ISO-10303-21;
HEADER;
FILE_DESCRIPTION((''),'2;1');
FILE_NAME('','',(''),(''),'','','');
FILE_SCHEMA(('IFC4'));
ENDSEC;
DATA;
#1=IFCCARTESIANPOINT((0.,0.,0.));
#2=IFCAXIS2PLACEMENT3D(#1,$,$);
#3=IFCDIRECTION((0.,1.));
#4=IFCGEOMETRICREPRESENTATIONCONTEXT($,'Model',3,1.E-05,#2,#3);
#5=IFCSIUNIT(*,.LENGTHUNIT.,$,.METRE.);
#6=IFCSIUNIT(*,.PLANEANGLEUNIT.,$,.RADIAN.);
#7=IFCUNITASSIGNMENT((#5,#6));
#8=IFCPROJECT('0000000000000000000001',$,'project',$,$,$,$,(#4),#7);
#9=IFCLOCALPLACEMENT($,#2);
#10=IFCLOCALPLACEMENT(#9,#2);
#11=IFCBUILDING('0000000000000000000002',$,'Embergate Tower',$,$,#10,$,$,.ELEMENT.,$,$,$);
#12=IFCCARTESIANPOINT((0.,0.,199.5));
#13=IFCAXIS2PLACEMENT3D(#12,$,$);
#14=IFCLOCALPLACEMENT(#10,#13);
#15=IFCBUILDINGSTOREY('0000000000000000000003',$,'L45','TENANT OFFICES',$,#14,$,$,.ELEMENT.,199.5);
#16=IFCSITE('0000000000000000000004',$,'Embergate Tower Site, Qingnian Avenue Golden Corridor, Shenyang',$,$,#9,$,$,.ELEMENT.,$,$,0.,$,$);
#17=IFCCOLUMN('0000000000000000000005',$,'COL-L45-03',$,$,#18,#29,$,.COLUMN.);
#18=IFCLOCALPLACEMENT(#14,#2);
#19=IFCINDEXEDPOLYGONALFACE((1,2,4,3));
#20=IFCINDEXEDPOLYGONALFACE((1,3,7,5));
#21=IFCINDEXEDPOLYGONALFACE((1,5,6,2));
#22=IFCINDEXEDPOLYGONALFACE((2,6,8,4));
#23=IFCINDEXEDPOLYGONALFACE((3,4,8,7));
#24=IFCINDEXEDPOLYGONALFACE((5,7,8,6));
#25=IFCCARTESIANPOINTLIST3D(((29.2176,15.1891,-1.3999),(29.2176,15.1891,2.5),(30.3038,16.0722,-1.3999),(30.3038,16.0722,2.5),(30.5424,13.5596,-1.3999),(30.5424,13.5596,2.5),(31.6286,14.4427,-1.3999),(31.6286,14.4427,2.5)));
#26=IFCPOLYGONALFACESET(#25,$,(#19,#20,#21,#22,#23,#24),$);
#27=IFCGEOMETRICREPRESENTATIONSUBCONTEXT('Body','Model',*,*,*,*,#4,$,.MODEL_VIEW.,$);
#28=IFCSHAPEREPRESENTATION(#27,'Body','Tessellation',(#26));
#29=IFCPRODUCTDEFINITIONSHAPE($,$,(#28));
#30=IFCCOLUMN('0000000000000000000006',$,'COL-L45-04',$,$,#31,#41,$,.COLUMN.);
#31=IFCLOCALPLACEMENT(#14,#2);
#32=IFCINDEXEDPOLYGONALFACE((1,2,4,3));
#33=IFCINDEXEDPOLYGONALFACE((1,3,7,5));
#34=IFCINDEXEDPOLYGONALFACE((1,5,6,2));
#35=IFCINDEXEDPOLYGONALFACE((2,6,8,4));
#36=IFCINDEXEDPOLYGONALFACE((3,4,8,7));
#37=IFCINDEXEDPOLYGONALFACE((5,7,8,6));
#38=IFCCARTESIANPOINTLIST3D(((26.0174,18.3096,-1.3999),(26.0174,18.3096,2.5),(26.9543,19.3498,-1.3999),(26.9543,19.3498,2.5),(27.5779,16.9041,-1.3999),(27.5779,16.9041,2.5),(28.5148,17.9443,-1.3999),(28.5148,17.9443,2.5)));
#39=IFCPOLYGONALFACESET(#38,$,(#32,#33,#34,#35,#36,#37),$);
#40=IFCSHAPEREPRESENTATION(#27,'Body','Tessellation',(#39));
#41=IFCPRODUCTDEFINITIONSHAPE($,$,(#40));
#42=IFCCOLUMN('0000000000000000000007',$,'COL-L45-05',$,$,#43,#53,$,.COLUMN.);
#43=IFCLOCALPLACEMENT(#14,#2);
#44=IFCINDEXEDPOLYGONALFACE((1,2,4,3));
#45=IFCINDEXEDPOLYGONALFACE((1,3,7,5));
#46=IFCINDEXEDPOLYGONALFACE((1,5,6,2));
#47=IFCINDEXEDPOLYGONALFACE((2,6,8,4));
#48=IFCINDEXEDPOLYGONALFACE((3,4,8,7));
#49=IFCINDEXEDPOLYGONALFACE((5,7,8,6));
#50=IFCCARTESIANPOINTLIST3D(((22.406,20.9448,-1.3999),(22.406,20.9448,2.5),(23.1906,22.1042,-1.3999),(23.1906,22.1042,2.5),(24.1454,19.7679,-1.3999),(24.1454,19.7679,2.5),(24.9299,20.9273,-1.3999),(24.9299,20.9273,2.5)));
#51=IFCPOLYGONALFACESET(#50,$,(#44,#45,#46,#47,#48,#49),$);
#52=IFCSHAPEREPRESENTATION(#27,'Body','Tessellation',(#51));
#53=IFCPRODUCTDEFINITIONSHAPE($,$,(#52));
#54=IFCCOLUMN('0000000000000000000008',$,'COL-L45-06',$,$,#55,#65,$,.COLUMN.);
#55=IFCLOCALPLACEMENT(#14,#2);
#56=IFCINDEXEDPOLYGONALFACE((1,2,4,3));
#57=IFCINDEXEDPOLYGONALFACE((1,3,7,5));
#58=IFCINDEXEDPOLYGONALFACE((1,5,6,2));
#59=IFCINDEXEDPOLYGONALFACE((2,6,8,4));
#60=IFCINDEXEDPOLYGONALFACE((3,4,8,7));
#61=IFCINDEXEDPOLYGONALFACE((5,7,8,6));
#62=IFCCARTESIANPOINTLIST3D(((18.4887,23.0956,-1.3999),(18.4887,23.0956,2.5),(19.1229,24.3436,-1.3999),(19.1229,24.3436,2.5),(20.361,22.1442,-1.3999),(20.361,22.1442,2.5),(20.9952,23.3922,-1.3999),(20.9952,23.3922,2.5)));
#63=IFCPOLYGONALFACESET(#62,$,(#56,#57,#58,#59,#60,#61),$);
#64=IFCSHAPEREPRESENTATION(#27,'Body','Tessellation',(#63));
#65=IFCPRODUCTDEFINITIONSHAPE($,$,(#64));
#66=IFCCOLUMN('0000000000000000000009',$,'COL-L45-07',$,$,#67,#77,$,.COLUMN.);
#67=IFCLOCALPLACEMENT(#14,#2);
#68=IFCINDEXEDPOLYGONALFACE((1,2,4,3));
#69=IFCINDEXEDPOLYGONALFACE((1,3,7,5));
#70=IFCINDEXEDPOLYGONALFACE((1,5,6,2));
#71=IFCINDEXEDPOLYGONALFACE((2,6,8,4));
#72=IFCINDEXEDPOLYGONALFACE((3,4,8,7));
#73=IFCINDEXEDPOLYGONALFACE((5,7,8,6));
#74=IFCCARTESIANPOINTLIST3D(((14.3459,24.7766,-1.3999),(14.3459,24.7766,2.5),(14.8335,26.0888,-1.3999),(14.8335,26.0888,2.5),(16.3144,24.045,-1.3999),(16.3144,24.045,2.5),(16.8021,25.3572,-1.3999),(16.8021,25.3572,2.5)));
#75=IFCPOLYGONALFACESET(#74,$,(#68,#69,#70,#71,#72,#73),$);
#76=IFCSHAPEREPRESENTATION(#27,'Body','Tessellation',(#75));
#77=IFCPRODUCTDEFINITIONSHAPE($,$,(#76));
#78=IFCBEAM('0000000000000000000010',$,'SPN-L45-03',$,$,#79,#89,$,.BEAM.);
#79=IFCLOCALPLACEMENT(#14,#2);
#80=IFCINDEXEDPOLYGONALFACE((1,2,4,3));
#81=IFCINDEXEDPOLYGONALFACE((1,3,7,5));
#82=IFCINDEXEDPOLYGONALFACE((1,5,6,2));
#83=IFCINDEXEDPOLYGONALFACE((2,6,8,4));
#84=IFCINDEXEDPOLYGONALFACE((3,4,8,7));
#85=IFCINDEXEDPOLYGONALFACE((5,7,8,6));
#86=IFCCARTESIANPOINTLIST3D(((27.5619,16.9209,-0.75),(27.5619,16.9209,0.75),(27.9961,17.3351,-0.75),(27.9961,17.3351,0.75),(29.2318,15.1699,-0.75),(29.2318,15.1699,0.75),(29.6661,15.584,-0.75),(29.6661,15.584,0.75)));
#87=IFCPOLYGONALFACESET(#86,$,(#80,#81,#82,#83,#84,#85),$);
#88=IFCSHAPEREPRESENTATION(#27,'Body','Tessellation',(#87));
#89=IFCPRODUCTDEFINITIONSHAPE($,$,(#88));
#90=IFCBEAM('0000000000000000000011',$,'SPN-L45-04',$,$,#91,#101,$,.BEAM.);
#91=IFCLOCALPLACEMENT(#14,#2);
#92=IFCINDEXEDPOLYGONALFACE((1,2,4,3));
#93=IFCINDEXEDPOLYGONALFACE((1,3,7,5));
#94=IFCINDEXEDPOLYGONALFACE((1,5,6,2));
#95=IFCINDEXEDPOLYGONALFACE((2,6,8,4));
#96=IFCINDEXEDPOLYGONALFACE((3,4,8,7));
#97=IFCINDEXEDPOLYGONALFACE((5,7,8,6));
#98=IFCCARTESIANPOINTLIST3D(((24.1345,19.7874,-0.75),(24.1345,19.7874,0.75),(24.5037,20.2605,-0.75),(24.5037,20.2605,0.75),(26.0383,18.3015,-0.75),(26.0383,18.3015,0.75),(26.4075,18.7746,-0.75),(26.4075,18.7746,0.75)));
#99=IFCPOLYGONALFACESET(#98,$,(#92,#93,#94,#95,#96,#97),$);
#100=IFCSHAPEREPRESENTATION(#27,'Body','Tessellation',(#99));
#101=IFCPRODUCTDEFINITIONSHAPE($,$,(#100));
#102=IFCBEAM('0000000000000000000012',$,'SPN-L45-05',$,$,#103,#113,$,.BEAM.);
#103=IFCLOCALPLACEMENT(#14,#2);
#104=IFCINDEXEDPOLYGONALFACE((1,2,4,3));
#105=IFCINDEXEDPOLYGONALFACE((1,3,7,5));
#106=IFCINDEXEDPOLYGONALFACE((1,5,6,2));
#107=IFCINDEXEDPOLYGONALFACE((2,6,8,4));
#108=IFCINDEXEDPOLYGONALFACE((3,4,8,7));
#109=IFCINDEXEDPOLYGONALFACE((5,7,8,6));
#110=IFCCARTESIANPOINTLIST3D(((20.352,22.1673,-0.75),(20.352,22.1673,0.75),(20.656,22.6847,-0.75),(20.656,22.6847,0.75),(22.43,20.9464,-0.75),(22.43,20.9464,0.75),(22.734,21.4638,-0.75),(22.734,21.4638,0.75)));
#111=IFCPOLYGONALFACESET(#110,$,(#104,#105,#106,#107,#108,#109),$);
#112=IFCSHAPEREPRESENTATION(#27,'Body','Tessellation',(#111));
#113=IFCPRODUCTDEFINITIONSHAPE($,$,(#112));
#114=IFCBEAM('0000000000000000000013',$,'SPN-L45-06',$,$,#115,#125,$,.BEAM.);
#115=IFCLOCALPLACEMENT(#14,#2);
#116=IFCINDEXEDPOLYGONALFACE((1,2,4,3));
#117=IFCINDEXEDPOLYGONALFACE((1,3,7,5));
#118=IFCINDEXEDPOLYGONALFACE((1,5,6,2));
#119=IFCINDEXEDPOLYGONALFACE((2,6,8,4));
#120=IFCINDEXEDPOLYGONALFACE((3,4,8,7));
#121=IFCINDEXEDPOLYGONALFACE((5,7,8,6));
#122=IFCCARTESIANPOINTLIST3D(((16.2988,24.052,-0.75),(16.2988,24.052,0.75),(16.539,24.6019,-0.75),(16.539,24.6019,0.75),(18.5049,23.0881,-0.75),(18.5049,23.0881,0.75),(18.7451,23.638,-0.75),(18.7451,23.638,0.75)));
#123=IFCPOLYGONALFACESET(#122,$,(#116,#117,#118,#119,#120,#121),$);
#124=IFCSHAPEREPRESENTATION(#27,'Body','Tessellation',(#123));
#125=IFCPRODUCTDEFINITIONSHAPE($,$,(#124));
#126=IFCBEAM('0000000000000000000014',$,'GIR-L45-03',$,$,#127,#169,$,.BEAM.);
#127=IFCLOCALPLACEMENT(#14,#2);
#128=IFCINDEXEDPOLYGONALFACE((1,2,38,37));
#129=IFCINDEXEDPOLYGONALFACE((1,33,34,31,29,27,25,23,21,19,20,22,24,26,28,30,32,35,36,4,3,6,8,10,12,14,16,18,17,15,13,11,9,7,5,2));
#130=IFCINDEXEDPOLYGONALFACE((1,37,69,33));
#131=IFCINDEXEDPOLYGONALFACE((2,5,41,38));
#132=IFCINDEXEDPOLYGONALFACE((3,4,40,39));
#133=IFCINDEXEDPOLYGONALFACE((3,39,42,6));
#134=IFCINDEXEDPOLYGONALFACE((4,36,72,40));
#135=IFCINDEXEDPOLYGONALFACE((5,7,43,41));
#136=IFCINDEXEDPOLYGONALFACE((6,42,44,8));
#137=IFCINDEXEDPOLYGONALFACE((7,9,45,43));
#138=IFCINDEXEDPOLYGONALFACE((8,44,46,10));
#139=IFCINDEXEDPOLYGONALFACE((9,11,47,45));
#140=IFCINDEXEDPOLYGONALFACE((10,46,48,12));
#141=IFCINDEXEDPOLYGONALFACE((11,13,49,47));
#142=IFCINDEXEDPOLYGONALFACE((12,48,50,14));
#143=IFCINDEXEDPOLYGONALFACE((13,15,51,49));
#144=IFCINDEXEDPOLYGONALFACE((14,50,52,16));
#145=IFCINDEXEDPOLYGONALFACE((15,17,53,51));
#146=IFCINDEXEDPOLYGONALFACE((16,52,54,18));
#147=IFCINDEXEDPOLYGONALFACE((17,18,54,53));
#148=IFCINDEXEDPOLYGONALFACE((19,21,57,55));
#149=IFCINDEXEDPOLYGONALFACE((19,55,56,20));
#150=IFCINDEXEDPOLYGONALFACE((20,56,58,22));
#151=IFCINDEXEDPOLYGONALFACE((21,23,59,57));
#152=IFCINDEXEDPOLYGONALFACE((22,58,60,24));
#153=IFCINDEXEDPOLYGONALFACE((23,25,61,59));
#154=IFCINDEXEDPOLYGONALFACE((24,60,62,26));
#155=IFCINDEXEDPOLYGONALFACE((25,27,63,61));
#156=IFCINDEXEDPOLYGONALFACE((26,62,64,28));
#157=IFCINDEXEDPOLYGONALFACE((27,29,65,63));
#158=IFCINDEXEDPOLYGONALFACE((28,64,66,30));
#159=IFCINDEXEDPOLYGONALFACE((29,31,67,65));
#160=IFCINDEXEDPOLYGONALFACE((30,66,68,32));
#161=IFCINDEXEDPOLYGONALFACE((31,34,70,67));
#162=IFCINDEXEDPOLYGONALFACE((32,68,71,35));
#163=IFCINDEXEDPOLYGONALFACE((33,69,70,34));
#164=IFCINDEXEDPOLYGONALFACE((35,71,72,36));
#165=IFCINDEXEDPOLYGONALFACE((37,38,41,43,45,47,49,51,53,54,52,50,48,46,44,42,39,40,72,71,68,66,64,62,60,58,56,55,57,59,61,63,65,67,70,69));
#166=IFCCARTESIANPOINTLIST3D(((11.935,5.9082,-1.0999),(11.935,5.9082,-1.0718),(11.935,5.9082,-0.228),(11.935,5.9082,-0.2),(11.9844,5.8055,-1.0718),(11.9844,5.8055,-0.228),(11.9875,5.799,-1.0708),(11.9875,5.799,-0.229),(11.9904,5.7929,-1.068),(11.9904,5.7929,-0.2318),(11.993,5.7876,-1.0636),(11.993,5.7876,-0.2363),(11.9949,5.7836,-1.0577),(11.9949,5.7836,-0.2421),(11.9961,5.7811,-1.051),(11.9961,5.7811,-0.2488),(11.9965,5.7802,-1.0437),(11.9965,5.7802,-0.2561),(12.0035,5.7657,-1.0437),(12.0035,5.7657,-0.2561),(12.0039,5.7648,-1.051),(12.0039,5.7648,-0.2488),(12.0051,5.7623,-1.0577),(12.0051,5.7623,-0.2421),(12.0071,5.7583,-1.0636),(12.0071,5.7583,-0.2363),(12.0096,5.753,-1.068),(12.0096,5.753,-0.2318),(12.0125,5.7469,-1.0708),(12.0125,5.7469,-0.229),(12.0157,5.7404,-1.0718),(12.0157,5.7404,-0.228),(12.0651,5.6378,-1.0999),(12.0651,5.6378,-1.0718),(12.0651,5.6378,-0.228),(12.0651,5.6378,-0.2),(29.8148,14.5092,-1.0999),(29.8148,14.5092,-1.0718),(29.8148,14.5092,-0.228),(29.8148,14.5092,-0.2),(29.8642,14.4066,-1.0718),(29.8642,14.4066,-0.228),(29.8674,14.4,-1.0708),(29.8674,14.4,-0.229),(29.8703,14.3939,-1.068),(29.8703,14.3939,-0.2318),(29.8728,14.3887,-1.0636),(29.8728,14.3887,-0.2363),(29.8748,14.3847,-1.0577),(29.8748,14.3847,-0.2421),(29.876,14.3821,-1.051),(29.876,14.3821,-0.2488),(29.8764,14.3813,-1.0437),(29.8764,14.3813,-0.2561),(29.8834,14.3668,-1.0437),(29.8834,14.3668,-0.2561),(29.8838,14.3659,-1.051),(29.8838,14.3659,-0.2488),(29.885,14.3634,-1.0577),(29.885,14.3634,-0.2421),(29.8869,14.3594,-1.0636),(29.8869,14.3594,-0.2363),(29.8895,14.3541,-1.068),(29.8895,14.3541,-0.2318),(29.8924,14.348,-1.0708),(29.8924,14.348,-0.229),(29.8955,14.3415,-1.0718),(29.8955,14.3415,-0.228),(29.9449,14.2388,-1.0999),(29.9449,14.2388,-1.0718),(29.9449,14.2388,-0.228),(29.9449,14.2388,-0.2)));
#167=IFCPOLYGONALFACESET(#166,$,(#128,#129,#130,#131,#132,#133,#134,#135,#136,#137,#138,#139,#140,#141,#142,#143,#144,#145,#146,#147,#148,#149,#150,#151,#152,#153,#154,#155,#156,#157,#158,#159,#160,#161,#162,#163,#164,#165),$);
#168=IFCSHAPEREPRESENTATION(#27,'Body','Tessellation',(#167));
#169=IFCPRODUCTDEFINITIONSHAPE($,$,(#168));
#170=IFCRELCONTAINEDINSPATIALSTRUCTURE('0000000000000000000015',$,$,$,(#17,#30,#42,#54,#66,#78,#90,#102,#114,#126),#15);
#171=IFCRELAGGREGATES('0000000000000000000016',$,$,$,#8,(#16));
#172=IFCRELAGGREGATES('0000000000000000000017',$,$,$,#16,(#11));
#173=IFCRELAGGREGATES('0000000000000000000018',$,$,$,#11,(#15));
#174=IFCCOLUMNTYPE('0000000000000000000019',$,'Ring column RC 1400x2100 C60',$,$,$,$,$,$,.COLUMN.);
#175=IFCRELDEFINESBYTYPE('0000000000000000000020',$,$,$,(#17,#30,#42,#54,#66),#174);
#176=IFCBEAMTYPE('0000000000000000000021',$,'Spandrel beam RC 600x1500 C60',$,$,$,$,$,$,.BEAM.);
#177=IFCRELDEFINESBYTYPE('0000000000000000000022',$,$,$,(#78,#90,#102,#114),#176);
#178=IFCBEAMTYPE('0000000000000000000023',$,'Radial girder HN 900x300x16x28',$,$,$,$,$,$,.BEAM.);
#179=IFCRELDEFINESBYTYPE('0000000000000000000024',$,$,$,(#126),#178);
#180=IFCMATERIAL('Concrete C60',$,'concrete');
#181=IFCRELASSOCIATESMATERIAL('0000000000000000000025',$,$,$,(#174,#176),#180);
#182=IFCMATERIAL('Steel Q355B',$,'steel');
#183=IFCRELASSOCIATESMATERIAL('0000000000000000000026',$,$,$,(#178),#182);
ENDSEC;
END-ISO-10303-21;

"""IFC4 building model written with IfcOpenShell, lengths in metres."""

from ifc_helpers import new_model, si_unit, direction, frame, origin, origin_2d, place, context, subcontext, project, spatial, rectangle, i_section, extrude, source, transform, mapped, material, material_profile, profile_set, type_object, element, save


model = new_model("IFC4")

# Units and contexts
model_context = context("Model", 3, precision=1e-05, world=origin(), true_north=direction((0.0, 1.0)))
body_context = subcontext(model_context, "Body", "Model", "MODEL_VIEW")
ifc_project = project(units=[si_unit("LENGTHUNIT", "METRE"), si_unit("PLANEANGLEUNIT", "RADIAN")], contexts=[model_context])

# Site, building, storey
site_placement = place(None, origin())
site = spatial("IfcSite", under=ifc_project, at=site_placement, Name="Embergate Tower Site, Qingnian Avenue Golden Corridor, Shenyang", CompositionType="ELEMENT", RefElevation=0.0)
building_placement = place(site_placement, origin())
building = spatial("IfcBuilding", under=site, at=building_placement, Name="Embergate Tower", CompositionType="ELEMENT")
storey_placement = place(building_placement, frame((0.0, 0.0, 199.5)))
storey = spatial("IfcBuildingStorey", under=building, at=storey_placement, Name="L45", Description="TENANT OFFICES", CompositionType="ELEMENT", Elevation=199.5)

# Columns
ifc_material_1 = material(Name="Concrete C60", Category="concrete")
ifc_material_profile_1 = material_profile(ifc_material_1, rectangle(XDim=1.3999, YDim=2.1001, at=origin_2d()), Name="RC 1400x2100")
ifc_profile_set_1 = profile_set([ifc_material_profile_1], Name="Concrete C60")
column_type = type_object("IfcColumnType", Name="Ring column RC 1400x2100 C60", PredefinedType="COLUMN", material=ifc_profile_set_1)
shared_shape_1 = source(origin(), body_context, "Body", "SweptSolid", [
    extrude(rectangle(XDim=1.3999, YDim=2.1001, at=origin_2d()), origin(), (0.0, 0.0, 1.0), 3.8999),
])
for number, where, z_axis, x_axis, name in (
    (1, (30.4231, 14.8159, -1.3999), (0.0, 0.0, 1.0), (0.775925, 0.630825, 0.0), "COL-L45-03"),
    (2, (27.2661, 18.127, -1.3999), (0.0, 0.0, 1.0), (0.669221, 0.743063, 0.0), "COL-L45-04"),
    (3, (23.668, 20.936, -1.3999), (0.0, 0.0, 1.0), (0.560408, 0.828217, 0.0), "COL-L45-05"),
    (4, (19.7419, 23.2439, -1.3999), (0.0, 0.0, 1.0), (0.453011, 0.891505, 0.0), "COL-L45-06"),
    (5, (15.574, 25.0669, -1.3999), (0.0, 0.0, 1.0), (0.348359, 0.937361, 0.0), "COL-L45-07"),
):
    element("IfcColumn", number, at=place(storey_placement, frame(where, z_axis=z_axis, x_axis=x_axis)), inside=storey, type_object=column_type, Name=name, PredefinedType="COLUMN", context=body_context, shape_type="MappedRepresentation", body=[
        mapped(shared_shape_1, transform((0.0, 0.0, 0.0))),
    ])

# Beams
ifc_material_profile_2 = material_profile(ifc_material_1, rectangle(XDim=0.6001, YDim=1.5, at=origin_2d()), Name="RC 600x1500")
ifc_profile_set_2 = profile_set([ifc_material_profile_2], Name="Concrete C60")
beam_type_1 = type_object("IfcBeamType", Name="Spandrel beam RC 600x1500 C60", PredefinedType="BEAM", material=ifc_profile_set_2)
shared_shape_2 = source(origin(), body_context, "Body", "SweptSolid", [
    extrude(rectangle(XDim=0.6001, YDim=1.5, at=origin_2d()), origin(), (0.0, 0.0, 1.0), 2.4197),
])
beam_1_placement = place(storey_placement, frame((29.449, 15.377, 0.0), z_axis=(-0.690159, 0.723658, 0.0), x_axis=(-0.723658, -0.690159, 0.0)))
element("IfcBeam", 6, at=beam_1_placement, inside=storey, type_object=beam_type_1, Name="SPN-L45-03", PredefinedType="BEAM", context=body_context, shape_type="MappedRepresentation", body=[
    mapped(shared_shape_2, transform((0.0, 0.0, 0.0))),
])
shared_shape_3 = source(origin(), body_context, "Body", "SweptSolid", [
    extrude(rectangle(XDim=0.6001, YDim=1.5, at=origin_2d()), origin(), (0.0, 0.0, 1.0), 2.415),
])
beam_2_placement = place(storey_placement, frame((26.2229, 18.5381, 0.0), z_axis=(-0.788328, 0.615256, 0.0), x_axis=(-0.615256, -0.788328, 0.0)))
element("IfcBeam", 7, at=beam_2_placement, inside=storey, type_object=beam_type_1, Name="SPN-L45-04", PredefinedType="BEAM", context=body_context, shape_type="MappedRepresentation", body=[
    mapped(shared_shape_3, transform((0.0, 0.0, 0.0))),
])
shared_shape_4 = source(origin(), body_context, "Body", "SweptSolid", [
    extrude(rectangle(XDim=0.6001, YDim=1.5, at=origin_2d()), origin(), (0.0, 0.0, 1.0), 2.4102),
])
beam_3_placement = place(storey_placement, frame((22.582, 21.2051, 0.0), z_axis=(-0.862202, 0.506564, 0.0), x_axis=(-0.506564, -0.862202, 0.0)))
element("IfcBeam", 8, at=beam_3_placement, inside=storey, type_object=beam_type_1, Name="SPN-L45-05", PredefinedType="BEAM", context=body_context, shape_type="MappedRepresentation", body=[
    mapped(shared_shape_4, transform((0.0, 0.0, 0.0))),
])
shared_shape_5 = source(origin(), body_context, "Body", "SweptSolid", [
    extrude(rectangle(XDim=0.6001, YDim=1.5, at=origin_2d()), origin(), (0.0, 0.0, 1.0), 2.4075),
])
beam_4_placement = place(storey_placement, frame((18.625, 23.363, 0.0), z_axis=(-0.916353, 0.400372, 0.0), x_axis=(-0.400372, -0.916353, 0.0)))
element("IfcBeam", 9, at=beam_4_placement, inside=storey, type_object=beam_type_1, Name="SPN-L45-06", PredefinedType="BEAM", context=body_context, shape_type="MappedRepresentation", body=[
    mapped(shared_shape_5, transform((0.0, 0.0, 0.0))),
])
ifc_material_2 = material(Name="Steel Q355B", Category="steel")
ifc_material_profile_3 = material_profile(ifc_material_2, i_section(OverallWidth=0.3, OverallDepth=0.8999, WebThickness=0.0161, FlangeThickness=0.0281, FilletRadius=0.0281, at=origin_2d()), Name="HN 900x300x16x28")
ifc_profile_set_3 = profile_set([ifc_material_profile_3], Name="Steel Q355 grade B")
beam_type_2 = type_object("IfcBeamType", Name="Radial girder HN 900x300x16x28", PredefinedType="BEAM", material=ifc_profile_set_3)
shared_shape_6 = source(origin(), body_context, "Body", "SweptSolid", [
    extrude(i_section(OverallWidth=0.3, OverallDepth=0.8999, WebThickness=0.0161, FlangeThickness=0.0281, FilletRadius=0.0281, at=origin_2d()), origin(), (0.0, 0.0, 1.0), 19.8411),
])
beam_5_placement = place(storey_placement, frame((29.8799, 14.374, -0.6499), z_axis=(-0.901154, -0.433498, 0.0), x_axis=(0.433498, -0.901154, 0.0)))
element("IfcBeam", 10, at=beam_5_placement, inside=storey, type_object=beam_type_2, Name="GIR-L45-03", PredefinedType="BEAM", context=body_context, shape_type="MappedRepresentation", body=[
    mapped(shared_shape_6, transform((0.0, 0.0, 0.0))),
])

save(model, "model.ifc")
